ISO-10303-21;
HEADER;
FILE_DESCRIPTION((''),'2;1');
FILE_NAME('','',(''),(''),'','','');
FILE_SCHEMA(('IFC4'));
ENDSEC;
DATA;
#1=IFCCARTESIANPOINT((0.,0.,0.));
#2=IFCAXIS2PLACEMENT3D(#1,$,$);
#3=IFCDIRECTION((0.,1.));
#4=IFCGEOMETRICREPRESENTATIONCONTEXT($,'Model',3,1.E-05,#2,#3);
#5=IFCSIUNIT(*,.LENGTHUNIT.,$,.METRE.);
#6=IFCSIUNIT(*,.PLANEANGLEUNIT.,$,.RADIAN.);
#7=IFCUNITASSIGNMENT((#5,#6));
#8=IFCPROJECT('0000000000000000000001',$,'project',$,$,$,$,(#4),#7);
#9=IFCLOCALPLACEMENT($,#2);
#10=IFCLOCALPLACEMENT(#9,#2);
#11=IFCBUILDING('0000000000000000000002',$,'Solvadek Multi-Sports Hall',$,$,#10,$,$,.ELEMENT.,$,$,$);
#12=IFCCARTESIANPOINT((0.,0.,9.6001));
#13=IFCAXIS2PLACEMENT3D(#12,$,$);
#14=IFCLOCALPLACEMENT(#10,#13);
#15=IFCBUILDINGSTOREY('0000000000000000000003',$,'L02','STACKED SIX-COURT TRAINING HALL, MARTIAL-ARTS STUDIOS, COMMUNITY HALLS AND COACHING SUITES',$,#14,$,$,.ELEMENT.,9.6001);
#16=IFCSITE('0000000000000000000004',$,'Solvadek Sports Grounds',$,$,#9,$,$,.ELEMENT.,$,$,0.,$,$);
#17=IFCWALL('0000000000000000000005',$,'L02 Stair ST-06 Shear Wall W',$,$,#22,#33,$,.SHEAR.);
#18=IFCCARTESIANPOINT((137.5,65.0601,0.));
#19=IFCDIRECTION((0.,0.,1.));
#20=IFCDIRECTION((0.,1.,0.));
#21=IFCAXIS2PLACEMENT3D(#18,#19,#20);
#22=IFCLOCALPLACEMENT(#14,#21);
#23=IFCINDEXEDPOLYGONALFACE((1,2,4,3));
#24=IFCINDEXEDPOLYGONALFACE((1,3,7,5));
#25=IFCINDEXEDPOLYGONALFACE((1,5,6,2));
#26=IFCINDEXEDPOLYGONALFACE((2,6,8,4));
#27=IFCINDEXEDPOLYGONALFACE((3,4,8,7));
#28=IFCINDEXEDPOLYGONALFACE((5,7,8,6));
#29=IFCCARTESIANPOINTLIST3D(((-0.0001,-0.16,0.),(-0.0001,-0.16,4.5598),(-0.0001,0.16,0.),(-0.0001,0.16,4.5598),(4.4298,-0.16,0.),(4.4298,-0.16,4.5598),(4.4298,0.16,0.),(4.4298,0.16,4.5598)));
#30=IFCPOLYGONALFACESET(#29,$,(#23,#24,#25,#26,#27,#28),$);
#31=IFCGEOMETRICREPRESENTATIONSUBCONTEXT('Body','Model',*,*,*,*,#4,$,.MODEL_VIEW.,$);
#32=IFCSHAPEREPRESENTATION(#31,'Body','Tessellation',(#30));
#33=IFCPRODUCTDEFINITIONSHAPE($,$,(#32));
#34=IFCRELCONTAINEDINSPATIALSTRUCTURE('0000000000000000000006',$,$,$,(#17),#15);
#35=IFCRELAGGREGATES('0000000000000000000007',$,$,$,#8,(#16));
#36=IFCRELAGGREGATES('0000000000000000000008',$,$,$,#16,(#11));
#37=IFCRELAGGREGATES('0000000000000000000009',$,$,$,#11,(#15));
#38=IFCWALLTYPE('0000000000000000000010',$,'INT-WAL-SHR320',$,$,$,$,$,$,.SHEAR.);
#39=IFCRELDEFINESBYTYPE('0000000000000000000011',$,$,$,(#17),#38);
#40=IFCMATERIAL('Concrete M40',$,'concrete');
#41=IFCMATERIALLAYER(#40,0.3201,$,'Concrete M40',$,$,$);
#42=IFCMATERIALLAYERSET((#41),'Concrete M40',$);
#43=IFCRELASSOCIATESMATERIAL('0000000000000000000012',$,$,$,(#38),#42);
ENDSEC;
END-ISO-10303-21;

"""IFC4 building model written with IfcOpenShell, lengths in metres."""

from ifc_helpers import new_model, si_unit, direction, frame, frame_2d, origin, place, context, subcontext, project, spatial, rectangle, extrude, material, layer, layer_set, type_object, element, save


model = new_model("IFC4")

# Units and contexts
model_context = context("Model", 3, precision=1e-05, world=origin(), true_north=direction((0.0, 1.0)))
body_context = subcontext(model_context, "Body", "Model", "MODEL_VIEW")
ifc_project = project(units=[si_unit("LENGTHUNIT", "METRE"), si_unit("PLANEANGLEUNIT", "RADIAN")], contexts=[model_context])

# Site, building, storey
site_placement = place(None, origin())
site = spatial("IfcSite", under=ifc_project, at=site_placement, Name="Solvadek Sports Grounds", CompositionType="ELEMENT", RefElevation=0.0)
building_placement = place(site_placement, origin())
building = spatial("IfcBuilding", under=site, at=building_placement, Name="Solvadek Multi-Sports Hall", CompositionType="ELEMENT")
storey_placement = place(building_placement, frame((0.0, 0.0, 9.6001)))
storey = spatial("IfcBuildingStorey", under=building, at=storey_placement, Name="L02", Description="STACKED SIX-COURT TRAINING HALL, MARTIAL-ARTS STUDIOS, COMMUNITY HALLS AND COACHING SUITES", CompositionType="ELEMENT", Elevation=9.6001)

# Wall
ifc_material_1 = material(Name="Concrete M40", Category="concrete")
ifc_layer_1 = layer(ifc_material_1, 0.3201, Name="Concrete M40")
ifc_layer_set_1 = layer_set([ifc_layer_1], Name="Concrete M40")
wall_type = type_object("IfcWallType", Name="INT-WAL-SHR320", PredefinedType="SHEAR", material=ifc_layer_set_1)
wall_1_placement = place(storey_placement, frame((137.5, 65.0601, 0.0), z_axis=(0.0, 0.0, 1.0), x_axis=(0.0, 1.0, 0.0)))
element("IfcWall", 1, at=wall_1_placement, inside=storey, type_object=wall_type, Name="L02 Stair ST-06 Shear Wall W", PredefinedType="SHEAR", context=body_context, shape_type="SweptSolid", body=[
    extrude(rectangle(XDim=4.4299, YDim=0.3201, at=frame_2d((2.2148, 0.0))), origin(), (0.0, 0.0, 1.0), 4.5598),
])

save(model, "model.ifc")
